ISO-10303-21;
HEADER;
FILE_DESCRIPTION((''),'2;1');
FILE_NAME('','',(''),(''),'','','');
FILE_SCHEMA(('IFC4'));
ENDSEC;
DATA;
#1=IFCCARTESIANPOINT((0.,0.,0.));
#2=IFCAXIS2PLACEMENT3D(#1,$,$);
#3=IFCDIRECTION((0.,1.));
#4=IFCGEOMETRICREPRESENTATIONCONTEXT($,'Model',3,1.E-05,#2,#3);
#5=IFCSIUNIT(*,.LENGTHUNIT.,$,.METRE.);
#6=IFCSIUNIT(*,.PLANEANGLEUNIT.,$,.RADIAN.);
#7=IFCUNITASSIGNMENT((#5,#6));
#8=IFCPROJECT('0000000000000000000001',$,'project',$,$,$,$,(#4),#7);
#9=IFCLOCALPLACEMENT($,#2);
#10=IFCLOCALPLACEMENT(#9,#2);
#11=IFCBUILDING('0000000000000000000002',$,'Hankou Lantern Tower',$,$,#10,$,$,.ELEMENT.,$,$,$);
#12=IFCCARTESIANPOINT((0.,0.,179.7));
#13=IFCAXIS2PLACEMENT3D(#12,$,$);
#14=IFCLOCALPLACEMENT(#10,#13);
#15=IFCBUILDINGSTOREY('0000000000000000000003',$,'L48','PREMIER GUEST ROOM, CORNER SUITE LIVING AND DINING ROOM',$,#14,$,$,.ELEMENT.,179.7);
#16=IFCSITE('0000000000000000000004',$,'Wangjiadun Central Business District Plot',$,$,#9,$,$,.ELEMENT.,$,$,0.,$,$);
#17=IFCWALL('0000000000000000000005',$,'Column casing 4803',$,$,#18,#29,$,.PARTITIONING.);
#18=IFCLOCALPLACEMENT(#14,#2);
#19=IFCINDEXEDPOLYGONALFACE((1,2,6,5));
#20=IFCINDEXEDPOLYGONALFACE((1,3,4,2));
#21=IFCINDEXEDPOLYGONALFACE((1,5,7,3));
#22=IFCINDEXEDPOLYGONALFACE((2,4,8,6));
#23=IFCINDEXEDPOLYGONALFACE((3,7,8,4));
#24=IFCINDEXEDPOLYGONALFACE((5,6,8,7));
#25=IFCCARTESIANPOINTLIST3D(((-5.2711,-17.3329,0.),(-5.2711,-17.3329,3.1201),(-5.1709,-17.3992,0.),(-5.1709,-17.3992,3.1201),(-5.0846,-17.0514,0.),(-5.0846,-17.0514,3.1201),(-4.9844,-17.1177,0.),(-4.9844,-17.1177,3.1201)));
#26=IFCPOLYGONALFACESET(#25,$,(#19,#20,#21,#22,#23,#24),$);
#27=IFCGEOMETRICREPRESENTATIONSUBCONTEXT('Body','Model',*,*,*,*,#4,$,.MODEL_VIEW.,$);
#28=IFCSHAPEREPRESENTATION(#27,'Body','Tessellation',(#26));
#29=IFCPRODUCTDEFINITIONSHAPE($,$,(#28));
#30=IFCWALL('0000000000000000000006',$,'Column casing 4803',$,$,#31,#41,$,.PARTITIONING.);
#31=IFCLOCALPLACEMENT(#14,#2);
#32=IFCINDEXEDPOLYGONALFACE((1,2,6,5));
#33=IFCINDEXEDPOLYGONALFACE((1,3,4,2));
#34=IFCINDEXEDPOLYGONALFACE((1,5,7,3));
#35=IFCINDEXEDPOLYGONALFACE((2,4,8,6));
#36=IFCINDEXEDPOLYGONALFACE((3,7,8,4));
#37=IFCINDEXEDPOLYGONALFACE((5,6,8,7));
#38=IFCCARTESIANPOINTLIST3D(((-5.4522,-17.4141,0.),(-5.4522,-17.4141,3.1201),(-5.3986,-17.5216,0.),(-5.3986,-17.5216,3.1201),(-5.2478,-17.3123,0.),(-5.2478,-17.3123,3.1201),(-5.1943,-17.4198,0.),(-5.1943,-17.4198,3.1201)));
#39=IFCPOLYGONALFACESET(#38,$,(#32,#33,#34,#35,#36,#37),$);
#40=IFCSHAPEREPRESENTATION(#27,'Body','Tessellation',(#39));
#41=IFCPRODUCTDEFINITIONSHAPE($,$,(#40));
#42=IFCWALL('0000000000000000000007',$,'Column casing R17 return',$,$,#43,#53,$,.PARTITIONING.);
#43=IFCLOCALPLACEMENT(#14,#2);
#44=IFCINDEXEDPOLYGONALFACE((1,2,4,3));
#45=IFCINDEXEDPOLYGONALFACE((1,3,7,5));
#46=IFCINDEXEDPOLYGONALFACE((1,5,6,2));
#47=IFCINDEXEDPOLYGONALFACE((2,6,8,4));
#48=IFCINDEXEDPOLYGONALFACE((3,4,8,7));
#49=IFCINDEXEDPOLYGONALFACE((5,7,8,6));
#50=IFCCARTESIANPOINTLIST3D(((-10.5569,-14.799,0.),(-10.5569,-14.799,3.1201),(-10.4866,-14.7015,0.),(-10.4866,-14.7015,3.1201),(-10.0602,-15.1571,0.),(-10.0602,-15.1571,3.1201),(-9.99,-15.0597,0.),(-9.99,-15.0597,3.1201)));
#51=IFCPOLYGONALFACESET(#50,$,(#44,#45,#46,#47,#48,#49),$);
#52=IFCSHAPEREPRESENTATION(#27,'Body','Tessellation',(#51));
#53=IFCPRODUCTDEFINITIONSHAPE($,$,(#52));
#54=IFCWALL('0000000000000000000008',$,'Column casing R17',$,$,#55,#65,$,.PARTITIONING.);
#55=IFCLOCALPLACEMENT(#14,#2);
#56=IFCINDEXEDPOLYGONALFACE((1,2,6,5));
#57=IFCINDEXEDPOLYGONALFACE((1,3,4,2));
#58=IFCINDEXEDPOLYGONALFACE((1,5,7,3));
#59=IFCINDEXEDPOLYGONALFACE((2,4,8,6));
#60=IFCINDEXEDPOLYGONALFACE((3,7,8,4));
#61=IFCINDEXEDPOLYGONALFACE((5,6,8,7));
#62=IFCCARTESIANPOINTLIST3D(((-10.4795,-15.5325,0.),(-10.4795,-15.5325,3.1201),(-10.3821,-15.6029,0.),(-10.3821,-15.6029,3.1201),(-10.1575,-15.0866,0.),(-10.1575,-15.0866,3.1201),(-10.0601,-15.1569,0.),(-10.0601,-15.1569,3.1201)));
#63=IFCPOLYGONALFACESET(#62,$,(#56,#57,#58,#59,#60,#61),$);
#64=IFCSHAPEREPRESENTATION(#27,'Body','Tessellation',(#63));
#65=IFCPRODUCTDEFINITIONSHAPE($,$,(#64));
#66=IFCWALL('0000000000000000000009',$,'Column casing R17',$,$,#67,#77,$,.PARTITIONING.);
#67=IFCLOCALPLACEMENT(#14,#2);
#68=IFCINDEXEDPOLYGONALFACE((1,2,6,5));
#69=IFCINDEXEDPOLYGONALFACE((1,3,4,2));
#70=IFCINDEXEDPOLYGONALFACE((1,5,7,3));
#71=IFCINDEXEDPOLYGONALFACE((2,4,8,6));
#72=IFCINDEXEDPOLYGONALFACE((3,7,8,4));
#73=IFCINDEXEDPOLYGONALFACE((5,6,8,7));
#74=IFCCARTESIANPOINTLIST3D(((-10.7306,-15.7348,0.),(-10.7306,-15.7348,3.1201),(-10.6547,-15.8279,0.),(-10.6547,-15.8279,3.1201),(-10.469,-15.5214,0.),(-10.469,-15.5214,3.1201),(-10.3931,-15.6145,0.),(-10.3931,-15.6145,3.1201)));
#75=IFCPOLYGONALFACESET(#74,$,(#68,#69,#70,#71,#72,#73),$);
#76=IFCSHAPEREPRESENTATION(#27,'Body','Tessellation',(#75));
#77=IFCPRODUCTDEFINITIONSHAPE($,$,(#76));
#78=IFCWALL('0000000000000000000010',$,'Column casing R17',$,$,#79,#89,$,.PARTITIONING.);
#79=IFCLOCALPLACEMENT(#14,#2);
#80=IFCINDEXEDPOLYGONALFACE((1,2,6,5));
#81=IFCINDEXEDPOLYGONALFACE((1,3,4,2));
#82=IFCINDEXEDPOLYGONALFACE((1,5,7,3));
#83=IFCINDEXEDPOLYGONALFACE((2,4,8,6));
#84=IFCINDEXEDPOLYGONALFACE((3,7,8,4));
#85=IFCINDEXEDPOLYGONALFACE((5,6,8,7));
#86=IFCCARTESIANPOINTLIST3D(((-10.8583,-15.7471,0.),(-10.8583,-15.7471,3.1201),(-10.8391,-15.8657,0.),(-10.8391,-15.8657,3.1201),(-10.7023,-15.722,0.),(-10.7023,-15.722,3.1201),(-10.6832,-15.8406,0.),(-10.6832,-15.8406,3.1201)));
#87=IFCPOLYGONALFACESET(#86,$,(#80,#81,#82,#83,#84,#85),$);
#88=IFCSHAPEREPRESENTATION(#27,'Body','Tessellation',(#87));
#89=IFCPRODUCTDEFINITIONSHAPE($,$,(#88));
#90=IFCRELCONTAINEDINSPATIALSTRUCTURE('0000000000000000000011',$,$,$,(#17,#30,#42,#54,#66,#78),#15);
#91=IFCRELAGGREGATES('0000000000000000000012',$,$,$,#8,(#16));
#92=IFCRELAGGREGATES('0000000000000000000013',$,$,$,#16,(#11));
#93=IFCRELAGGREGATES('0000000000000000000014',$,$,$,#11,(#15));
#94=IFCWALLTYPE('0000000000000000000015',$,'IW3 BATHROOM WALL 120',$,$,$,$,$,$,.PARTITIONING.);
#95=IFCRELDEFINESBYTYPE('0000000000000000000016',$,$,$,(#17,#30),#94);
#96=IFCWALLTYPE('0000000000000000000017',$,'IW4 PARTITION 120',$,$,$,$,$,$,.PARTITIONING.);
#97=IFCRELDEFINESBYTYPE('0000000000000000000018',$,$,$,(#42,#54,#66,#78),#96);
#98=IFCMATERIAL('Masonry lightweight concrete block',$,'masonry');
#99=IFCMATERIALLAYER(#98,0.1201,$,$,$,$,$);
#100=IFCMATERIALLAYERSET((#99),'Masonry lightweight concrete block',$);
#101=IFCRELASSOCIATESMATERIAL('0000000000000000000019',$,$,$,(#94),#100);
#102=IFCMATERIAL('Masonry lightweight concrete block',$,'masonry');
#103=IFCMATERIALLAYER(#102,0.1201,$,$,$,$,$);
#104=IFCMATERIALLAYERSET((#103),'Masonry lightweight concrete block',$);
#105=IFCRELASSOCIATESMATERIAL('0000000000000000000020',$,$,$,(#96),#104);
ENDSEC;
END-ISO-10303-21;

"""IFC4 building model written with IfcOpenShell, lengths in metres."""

from ifc_helpers import new_model, si_unit, direction, frame, frame_2d, origin, place, context, subcontext, project, spatial, rectangle, extrude, material, layer, layer_set, type_object, element, save


model = new_model("IFC4")

# Units and contexts
model_context = context("Model", 3, precision=1e-05, world=origin(), true_north=direction((0.0, 1.0)))
body_context = subcontext(model_context, "Body", "Model", "MODEL_VIEW")
ifc_project = project(units=[si_unit("LENGTHUNIT", "METRE"), si_unit("PLANEANGLEUNIT", "RADIAN")], contexts=[model_context])

# Site, building, storey
site_placement = place(None, origin())
site = spatial("IfcSite", under=ifc_project, at=site_placement, Name="Wangjiadun Central Business District Plot", CompositionType="ELEMENT", RefElevation=0.0)
building_placement = place(site_placement, origin())
building = spatial("IfcBuilding", under=site, at=building_placement, Name="Hankou Lantern Tower", CompositionType="ELEMENT")
storey_placement = place(building_placement, frame((0.0, 0.0, 179.7)))
storey = spatial("IfcBuildingStorey", under=building, at=storey_placement, Name="L48", Description="PREMIER GUEST ROOM, CORNER SUITE LIVING AND DINING ROOM", CompositionType="ELEMENT", Elevation=179.7)

# Shared definitions
ifc_material_1 = material(Name="Masonry lightweight concrete block", Category="masonry")
ifc_layer_1 = layer(ifc_material_1, 0.1201)
ifc_layer_set_1 = layer_set([ifc_layer_1], Name="Masonry lightweight concrete block")
wall_type_1 = type_object("IfcWallType", Name="IW3 BATHROOM WALL 120", PredefinedType="PARTITIONING", material=ifc_layer_set_1)

# Walls
wall_1_placement = place(storey_placement, frame((-5.0344, -17.0845, 0.0), z_axis=(0.0, 0.0, 1.0), x_axis=(-0.552362, -0.833604, 0.0)))
element("IfcWall", 1, at=wall_1_placement, inside=storey, type_object=wall_type_1, Name="Column casing 4803", PredefinedType="PARTITIONING", context=body_context, shape_type="SweptSolid", body=[
    extrude(rectangle(XDim=0.3376, YDim=0.1201, at=frame_2d((0.1689, 0.0))), origin(), (0.0, 0.0, 1.0), 3.1201),
])
wall_2_placement = place(storey_placement, frame((-5.2209, -17.366, 0.0), z_axis=(0.0, 0.0, 1.0), x_axis=(-0.895068, -0.44593, 0.0)))
element("IfcWall", 2, at=wall_2_placement, inside=storey, type_object=wall_type_1, Name="Column casing 4803", PredefinedType="PARTITIONING", context=body_context, shape_type="SweptSolid", body=[
    extrude(rectangle(XDim=0.2283, YDim=0.1201, at=frame_2d((0.1143, 0.0))), origin(), (0.0, 0.0, 1.0), 3.1201),
])
ifc_material_2 = material(Name="Masonry lightweight concrete block", Category="masonry")
ifc_layer_2 = layer(ifc_material_2, 0.1201)
ifc_layer_set_2 = layer_set([ifc_layer_2], Name="Masonry lightweight concrete block")
wall_type_2 = type_object("IfcWallType", Name="IW4 PARTITION 120", PredefinedType="PARTITIONING", material=ifc_layer_set_2)
wall_3_placement = place(storey_placement, frame((-10.5217, -14.7502, 0.0), z_axis=(0.0, 0.0, 1.0), x_axis=(0.811058, -0.584966, 0.0)))
element("IfcWall", 3, at=wall_3_placement, inside=storey, type_object=wall_type_2, Name="Column casing R17 return", PredefinedType="PARTITIONING", context=body_context, shape_type="SweptSolid", body=[
    extrude(rectangle(XDim=0.6123, YDim=0.1201, at=frame_2d((0.3062, 0.0))), origin(), (0.0, 0.0, 1.0), 3.1201),
])
wall_4_placement = place(storey_placement, frame((-10.1089, -15.1218, 0.0), z_axis=(0.0, 0.0, 1.0), x_axis=(-0.585345, -0.810785, 0.0)))
element("IfcWall", 4, at=wall_4_placement, inside=storey, type_object=wall_type_2, Name="Column casing R17", PredefinedType="PARTITIONING", context=body_context, shape_type="SweptSolid", body=[
    extrude(rectangle(XDim=0.55, YDim=0.1201, at=frame_2d((0.2749, 0.0))), origin(), (0.0, 0.0, 1.0), 3.1201),
])
wall_5_placement = place(storey_placement, frame((-10.4309, -15.5679, 0.0), z_axis=(0.0, 0.0, 1.0), x_axis=(-0.775051, -0.631898, 0.0)))
element("IfcWall", 5, at=wall_5_placement, inside=storey, type_object=wall_type_2, Name="Column casing R17", PredefinedType="PARTITIONING", context=body_context, shape_type="SweptSolid", body=[
    extrude(rectangle(XDim=0.3376, YDim=0.1201, at=frame_2d((0.1689, 0.0))), origin(), (0.0, 0.0, 1.0), 3.1201),
])
wall_6_placement = place(storey_placement, frame((-10.6926, -15.7812, 0.0), z_axis=(0.0, 0.0, 1.0), x_axis=(-0.987257, -0.159135, 0.0)))
element("IfcWall", 6, at=wall_6_placement, inside=storey, type_object=wall_type_2, Name="Column casing R17", PredefinedType="PARTITIONING", context=body_context, shape_type="SweptSolid", body=[
    extrude(rectangle(XDim=0.158, YDim=0.1201, at=frame_2d((0.0791, 0.0))), origin(), (0.0, 0.0, 1.0), 3.1201),
])

save(model, "model.ifc")
